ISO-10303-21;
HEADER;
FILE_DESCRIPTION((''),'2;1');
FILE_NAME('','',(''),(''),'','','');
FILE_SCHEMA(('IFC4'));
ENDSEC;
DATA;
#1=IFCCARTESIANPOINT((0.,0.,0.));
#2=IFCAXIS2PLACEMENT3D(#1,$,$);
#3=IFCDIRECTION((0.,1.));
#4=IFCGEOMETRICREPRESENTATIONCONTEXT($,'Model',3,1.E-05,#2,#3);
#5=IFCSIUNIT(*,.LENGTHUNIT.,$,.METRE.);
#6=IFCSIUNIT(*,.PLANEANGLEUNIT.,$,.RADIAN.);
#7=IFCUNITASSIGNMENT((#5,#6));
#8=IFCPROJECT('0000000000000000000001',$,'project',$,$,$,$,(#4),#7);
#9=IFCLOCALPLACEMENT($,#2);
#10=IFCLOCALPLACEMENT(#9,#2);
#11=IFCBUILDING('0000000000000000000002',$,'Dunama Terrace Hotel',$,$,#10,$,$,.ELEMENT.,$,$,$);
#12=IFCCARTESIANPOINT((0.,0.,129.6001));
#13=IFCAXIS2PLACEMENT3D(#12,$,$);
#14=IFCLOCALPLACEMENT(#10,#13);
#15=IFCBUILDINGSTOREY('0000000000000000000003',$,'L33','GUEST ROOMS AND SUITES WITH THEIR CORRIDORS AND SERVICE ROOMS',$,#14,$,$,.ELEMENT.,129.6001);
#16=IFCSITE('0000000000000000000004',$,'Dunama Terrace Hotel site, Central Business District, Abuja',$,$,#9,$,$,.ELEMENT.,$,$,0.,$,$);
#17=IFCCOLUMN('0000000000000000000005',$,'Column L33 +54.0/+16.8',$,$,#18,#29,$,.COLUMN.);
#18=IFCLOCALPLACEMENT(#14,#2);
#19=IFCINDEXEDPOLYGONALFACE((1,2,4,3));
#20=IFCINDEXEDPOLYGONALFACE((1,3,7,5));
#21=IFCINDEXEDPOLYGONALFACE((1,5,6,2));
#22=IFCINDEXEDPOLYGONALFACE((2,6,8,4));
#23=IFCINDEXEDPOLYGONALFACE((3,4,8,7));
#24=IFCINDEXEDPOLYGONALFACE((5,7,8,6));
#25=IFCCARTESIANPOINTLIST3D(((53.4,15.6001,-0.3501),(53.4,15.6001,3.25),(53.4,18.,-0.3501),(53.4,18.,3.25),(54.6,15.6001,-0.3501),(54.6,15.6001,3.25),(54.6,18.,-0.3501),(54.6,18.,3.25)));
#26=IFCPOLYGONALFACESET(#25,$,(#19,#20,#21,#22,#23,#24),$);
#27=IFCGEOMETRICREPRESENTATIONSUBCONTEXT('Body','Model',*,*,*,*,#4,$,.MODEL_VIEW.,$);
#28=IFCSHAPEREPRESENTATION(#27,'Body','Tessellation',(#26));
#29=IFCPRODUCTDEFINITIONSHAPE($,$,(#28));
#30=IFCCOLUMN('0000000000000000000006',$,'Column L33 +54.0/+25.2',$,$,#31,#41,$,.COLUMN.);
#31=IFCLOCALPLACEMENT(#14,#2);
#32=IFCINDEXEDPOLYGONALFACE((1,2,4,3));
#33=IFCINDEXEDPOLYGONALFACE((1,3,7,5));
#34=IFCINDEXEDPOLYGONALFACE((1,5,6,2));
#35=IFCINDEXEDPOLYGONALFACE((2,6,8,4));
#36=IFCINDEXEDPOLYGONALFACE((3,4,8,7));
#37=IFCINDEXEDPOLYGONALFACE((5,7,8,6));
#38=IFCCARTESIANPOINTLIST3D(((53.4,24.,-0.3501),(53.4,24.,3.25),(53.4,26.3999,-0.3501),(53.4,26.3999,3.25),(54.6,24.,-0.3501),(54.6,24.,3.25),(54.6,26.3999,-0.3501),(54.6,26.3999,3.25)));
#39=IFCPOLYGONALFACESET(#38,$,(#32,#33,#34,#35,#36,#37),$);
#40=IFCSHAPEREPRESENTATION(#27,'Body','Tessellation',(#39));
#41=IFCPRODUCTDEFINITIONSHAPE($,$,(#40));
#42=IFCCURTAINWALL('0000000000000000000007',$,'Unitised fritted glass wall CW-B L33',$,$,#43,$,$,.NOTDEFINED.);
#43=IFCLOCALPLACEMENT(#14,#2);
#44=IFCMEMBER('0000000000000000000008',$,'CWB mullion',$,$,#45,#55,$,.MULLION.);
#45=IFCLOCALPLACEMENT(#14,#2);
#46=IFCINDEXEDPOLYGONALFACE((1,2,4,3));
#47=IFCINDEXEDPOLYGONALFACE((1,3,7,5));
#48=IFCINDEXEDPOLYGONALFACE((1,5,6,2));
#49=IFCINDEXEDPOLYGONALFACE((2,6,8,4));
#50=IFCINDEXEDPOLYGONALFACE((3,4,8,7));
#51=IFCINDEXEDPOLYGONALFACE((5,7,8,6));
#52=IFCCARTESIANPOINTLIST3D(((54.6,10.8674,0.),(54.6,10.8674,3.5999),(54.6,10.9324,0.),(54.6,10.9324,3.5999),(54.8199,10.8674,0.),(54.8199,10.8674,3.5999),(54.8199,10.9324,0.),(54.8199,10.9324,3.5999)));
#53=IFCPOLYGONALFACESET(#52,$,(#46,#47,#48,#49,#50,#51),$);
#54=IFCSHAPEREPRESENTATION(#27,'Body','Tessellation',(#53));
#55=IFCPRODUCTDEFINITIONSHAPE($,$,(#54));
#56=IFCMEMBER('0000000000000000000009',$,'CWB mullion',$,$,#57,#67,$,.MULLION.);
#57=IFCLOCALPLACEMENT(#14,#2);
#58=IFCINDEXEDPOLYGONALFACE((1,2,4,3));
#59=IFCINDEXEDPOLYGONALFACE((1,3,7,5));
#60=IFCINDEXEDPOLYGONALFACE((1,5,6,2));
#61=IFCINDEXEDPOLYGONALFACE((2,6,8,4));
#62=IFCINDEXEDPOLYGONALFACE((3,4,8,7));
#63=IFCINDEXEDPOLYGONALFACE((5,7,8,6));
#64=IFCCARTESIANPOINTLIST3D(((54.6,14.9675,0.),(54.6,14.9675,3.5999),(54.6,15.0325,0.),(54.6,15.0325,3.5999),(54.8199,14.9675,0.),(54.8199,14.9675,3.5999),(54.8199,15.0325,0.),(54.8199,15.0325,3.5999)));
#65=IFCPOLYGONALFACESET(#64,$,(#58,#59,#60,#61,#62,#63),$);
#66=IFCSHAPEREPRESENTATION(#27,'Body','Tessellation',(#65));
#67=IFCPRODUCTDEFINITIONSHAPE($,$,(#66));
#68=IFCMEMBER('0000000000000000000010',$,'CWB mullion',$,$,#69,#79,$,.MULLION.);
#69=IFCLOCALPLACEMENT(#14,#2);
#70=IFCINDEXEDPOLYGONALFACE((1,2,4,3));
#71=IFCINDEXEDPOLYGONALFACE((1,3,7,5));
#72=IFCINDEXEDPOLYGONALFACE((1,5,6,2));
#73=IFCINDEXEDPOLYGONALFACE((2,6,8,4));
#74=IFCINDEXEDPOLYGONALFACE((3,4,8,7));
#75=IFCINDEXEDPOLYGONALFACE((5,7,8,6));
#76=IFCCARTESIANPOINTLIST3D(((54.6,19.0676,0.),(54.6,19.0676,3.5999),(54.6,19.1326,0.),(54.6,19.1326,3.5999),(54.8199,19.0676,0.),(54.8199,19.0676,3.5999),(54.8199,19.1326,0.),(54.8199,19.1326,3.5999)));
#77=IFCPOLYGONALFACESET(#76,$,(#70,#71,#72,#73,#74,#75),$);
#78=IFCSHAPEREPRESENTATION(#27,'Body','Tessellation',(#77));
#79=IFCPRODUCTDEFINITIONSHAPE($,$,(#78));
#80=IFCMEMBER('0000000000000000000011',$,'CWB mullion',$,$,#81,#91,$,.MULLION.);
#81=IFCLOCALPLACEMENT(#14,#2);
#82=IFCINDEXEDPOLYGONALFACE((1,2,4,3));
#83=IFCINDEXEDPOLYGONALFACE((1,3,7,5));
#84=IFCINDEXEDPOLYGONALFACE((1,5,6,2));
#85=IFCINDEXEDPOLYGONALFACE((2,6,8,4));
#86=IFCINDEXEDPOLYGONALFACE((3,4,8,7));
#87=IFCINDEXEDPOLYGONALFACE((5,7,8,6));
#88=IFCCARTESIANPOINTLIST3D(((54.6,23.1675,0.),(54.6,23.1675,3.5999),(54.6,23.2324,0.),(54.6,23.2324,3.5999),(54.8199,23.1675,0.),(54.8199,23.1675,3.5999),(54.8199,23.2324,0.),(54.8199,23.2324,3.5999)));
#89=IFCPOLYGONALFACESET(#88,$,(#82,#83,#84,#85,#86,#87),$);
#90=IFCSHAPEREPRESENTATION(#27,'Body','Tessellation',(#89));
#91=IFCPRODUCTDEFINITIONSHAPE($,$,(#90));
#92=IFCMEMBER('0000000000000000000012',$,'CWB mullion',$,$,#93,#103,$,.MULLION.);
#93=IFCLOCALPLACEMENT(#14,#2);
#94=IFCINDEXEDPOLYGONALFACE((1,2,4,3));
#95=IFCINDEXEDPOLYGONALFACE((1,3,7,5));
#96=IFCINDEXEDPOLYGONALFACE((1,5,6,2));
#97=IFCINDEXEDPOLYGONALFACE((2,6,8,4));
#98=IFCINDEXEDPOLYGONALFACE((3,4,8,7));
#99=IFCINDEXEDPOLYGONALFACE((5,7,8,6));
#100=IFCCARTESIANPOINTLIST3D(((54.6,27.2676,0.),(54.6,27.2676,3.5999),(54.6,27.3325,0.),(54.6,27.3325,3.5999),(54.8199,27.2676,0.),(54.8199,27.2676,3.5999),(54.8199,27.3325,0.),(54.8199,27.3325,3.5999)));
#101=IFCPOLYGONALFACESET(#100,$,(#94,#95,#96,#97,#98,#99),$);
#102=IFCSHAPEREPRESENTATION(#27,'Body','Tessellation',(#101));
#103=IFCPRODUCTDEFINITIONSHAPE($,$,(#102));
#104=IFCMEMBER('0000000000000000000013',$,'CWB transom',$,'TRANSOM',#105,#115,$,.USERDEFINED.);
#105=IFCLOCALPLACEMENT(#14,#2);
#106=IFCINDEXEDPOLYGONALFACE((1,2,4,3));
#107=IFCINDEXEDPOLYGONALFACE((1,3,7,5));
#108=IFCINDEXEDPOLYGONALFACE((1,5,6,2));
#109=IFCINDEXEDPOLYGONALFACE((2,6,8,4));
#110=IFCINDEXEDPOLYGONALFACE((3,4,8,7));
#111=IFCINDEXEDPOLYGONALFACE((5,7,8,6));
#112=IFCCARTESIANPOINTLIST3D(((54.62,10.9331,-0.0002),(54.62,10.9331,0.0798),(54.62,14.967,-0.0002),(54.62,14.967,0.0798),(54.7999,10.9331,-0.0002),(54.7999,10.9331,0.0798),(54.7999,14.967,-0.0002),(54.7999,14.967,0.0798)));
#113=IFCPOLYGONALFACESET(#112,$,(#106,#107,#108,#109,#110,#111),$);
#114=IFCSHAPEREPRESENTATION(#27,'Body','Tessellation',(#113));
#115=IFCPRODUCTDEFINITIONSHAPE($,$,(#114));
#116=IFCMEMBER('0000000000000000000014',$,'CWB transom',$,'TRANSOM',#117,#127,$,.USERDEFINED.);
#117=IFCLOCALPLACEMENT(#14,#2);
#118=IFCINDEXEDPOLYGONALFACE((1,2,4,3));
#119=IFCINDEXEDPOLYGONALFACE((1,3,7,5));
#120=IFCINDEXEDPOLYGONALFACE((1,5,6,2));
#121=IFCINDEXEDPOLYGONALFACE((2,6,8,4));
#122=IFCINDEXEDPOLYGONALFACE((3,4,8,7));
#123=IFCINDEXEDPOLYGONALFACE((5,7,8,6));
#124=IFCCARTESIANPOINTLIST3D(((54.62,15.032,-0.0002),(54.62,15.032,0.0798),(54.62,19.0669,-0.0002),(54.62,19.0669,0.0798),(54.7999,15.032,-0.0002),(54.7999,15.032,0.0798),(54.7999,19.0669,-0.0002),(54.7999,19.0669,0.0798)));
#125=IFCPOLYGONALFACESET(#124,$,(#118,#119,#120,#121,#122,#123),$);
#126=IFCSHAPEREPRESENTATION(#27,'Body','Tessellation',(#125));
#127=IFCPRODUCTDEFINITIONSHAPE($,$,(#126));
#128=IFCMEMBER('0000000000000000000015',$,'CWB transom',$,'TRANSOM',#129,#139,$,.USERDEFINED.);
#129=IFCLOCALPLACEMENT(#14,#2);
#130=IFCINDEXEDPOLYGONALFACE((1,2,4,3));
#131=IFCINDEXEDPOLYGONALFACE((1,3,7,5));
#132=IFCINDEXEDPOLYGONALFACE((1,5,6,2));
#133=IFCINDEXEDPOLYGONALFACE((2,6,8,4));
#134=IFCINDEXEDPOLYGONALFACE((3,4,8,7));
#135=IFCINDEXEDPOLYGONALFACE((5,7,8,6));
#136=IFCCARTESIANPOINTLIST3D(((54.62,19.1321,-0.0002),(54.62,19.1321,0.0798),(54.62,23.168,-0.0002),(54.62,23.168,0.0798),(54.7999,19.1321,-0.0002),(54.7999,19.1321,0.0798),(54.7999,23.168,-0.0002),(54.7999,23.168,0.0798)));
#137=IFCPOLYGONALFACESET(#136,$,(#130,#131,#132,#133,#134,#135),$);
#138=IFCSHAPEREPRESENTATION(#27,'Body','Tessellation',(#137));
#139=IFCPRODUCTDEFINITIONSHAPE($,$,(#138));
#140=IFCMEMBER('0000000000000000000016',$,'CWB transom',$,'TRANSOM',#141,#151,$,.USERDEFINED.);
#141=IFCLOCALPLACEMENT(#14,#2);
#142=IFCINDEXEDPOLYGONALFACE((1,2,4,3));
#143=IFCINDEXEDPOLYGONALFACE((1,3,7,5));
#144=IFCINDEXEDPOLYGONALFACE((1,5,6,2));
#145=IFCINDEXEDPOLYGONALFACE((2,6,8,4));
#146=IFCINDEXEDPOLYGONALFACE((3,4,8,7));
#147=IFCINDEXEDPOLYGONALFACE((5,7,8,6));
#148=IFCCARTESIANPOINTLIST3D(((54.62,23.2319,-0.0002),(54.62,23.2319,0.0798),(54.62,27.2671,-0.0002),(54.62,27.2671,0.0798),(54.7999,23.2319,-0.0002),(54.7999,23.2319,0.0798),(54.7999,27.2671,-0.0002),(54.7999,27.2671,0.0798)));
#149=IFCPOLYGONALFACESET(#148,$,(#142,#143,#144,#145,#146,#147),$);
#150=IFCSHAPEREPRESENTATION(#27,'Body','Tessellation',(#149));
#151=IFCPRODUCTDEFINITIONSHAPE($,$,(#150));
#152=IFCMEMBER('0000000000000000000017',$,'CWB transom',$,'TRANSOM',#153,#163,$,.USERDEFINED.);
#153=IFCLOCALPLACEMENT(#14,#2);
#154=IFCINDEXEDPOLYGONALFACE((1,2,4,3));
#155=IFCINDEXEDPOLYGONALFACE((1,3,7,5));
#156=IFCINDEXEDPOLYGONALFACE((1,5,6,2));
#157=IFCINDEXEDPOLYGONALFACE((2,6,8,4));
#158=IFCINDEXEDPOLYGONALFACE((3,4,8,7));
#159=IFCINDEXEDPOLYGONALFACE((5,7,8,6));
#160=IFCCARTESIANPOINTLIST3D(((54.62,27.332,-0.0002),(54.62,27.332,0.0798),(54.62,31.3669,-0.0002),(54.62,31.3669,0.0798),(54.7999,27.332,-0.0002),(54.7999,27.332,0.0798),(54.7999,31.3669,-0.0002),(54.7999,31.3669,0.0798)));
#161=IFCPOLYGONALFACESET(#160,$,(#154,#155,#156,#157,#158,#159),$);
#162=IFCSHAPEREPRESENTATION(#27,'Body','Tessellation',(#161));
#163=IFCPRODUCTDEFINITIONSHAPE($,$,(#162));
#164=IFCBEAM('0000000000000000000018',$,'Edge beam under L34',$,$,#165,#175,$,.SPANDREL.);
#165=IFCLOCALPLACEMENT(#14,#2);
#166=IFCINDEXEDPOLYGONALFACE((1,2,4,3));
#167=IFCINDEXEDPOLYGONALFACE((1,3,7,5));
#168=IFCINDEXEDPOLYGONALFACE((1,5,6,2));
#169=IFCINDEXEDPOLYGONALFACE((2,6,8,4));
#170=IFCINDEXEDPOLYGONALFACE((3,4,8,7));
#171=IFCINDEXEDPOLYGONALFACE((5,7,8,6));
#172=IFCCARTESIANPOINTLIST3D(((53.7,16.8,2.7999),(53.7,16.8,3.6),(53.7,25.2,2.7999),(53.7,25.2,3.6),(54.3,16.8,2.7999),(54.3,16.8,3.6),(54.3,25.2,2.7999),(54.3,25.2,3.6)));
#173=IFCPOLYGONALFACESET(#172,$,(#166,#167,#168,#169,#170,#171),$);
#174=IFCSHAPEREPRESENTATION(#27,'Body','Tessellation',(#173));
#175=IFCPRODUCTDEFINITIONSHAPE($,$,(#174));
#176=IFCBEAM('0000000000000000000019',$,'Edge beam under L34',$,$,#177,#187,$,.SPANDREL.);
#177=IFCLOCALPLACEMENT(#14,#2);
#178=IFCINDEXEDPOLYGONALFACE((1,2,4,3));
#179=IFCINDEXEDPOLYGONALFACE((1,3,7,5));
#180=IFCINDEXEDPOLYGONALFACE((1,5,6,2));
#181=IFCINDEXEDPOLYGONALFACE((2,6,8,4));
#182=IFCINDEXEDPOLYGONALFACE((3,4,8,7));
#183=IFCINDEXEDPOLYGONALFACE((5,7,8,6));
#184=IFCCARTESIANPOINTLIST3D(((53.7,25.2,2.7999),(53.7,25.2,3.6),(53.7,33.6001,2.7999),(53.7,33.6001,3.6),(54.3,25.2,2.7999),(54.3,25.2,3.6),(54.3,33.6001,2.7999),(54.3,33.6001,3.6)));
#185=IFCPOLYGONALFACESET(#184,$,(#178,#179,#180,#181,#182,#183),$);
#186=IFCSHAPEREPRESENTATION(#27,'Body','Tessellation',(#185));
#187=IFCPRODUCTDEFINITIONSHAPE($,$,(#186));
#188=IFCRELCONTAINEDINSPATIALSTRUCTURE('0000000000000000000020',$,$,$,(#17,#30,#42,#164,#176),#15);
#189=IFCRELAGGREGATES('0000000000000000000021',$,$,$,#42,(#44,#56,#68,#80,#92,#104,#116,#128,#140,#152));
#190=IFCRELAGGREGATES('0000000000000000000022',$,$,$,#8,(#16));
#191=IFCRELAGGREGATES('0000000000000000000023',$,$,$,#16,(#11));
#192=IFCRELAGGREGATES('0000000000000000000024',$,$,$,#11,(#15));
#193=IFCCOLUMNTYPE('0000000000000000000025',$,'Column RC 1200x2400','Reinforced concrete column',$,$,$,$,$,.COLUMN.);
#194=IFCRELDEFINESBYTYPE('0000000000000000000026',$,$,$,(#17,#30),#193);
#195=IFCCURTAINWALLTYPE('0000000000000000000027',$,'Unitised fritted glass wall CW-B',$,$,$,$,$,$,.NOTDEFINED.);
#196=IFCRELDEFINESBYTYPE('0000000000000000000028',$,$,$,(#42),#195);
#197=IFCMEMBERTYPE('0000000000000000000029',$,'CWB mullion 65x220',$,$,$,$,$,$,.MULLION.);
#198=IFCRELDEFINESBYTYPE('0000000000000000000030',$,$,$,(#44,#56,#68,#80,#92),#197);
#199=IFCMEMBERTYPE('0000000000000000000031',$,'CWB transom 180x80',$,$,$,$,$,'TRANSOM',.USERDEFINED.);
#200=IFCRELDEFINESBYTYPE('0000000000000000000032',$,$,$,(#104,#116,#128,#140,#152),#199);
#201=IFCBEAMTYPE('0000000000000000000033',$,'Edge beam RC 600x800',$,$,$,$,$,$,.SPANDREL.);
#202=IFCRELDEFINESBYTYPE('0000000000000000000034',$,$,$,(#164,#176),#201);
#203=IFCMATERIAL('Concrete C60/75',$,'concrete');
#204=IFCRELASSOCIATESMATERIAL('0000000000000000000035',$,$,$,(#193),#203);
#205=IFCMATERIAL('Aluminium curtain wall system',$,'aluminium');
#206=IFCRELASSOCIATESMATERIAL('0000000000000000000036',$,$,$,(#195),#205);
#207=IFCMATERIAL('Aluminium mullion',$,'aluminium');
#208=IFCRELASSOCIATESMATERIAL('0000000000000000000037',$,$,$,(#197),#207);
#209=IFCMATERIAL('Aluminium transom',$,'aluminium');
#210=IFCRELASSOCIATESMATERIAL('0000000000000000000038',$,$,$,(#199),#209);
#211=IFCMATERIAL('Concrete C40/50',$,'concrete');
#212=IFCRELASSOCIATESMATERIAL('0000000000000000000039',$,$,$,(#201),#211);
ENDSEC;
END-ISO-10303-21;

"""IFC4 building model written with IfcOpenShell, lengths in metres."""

from ifc_helpers import new_model, si_unit, direction, frame, origin, origin_2d, place, context, subcontext, project, spatial, rectangle, extrude, material, material_profile, profile_set, type_object, element, aggregate, save


model = new_model("IFC4")

# Units and contexts
model_context = context("Model", 3, precision=1e-05, world=origin(), true_north=direction((0.0, 1.0)))
body_context = subcontext(model_context, "Body", "Model", "MODEL_VIEW")
ifc_project = project(units=[si_unit("LENGTHUNIT", "METRE"), si_unit("PLANEANGLEUNIT", "RADIAN")], contexts=[model_context])

# Site, building, storey
site_placement = place(None, origin())
site = spatial("IfcSite", under=ifc_project, at=site_placement, Name="Dunama Terrace Hotel site, Central Business District, Abuja", CompositionType="ELEMENT", RefElevation=0.0)
building_placement = place(site_placement, origin())
building = spatial("IfcBuilding", under=site, at=building_placement, Name="Dunama Terrace Hotel", CompositionType="ELEMENT")
storey_placement = place(building_placement, frame((0.0, 0.0, 129.6001)))
storey = spatial("IfcBuildingStorey", under=building, at=storey_placement, Name="L33", Description="GUEST ROOMS AND SUITES WITH THEIR CORRIDORS AND SERVICE ROOMS", CompositionType="ELEMENT", Elevation=129.6001)

# Columns
ifc_material_1 = material(Name="Concrete C60/75", Category="concrete")
ifc_material_profile_1 = material_profile(ifc_material_1, rectangle(XDim=1.2, YDim=2.3999, at=origin_2d()), Name="RC 1200x2400")
ifc_profile_set_1 = profile_set([ifc_material_profile_1], Name="Concrete C60/75")
column_type = type_object("IfcColumnType", Name="Column RC 1200x2400", Description="Reinforced concrete column", PredefinedType="COLUMN", material=ifc_profile_set_1)
for number, where, z_axis, x_axis, name in (
    (1, (54.0, 16.8, -0.3501), (0.0, 0.0, 1.0), (1.0, 0.0, 0.0), "Column L33 +54.0/+16.8"),
    (2, (54.0, 25.2, -0.3501), (0.0, 0.0, 1.0), (1.0, 0.0, 0.0), "Column L33 +54.0/+25.2"),
):
    element("IfcColumn", number, at=place(storey_placement, frame(where, z_axis=z_axis, x_axis=x_axis)), inside=storey, type_object=column_type, Name=name, PredefinedType="COLUMN", context=body_context, shape_type="SweptSolid", body=[
        extrude(rectangle(XDim=1.2, YDim=2.3999, at=origin_2d()), origin(), (0.0, 0.0, 1.0), 3.6001),
    ])

# Curtain wall, members
ifc_material_2 = material(Name="Aluminium curtain wall system", Category="aluminium")
curtain_wall_type = type_object("IfcCurtainWallType", Name="Unitised fritted glass wall CW-B", PredefinedType="NOTDEFINED", material=ifc_material_2)
curtain_wall_placement = place(storey_placement, origin())
curtain_wall = element("IfcCurtainWall", 3, at=curtain_wall_placement, inside=storey, type_object=curtain_wall_type, Name="Unitised fritted glass wall CW-B L33", PredefinedType="NOTDEFINED")
ifc_material_3 = material(Name="Aluminium mullion", Category="aluminium")
ifc_material_profile_2 = material_profile(ifc_material_3, rectangle(XDim=0.0649, YDim=0.22, at=origin_2d()), Name="CWB MULLION 65X220")
ifc_profile_set_2 = profile_set([ifc_material_profile_2], Name="Aluminium mullion")
member_type_1 = type_object("IfcMemberType", Name="CWB mullion 65x220", PredefinedType="MULLION", material=ifc_profile_set_2)
member_1_placement = place(storey_placement, frame((54.71, 10.8999, 0.0), z_axis=(0.0, 0.0, 1.0), x_axis=(0.0, 1.0, 0.0)))
member_1 = element("IfcMember", 4, at=member_1_placement, type_object=member_type_1, Name="CWB mullion", PredefinedType="MULLION", context=body_context, shape_type="SweptSolid", body=[
    extrude(rectangle(XDim=0.0649, YDim=0.22, at=origin_2d()), origin(), (0.0, 0.0, 1.0), 3.5999),
])
member_2_placement = place(storey_placement, frame((54.71, 15.0, 0.0), z_axis=(0.0, 0.0, 1.0), x_axis=(0.0, 1.0, 0.0)))
member_2 = element("IfcMember", 5, at=member_2_placement, type_object=member_type_1, Name="CWB mullion", PredefinedType="MULLION", context=body_context, shape_type="SweptSolid", body=[
    extrude(rectangle(XDim=0.0649, YDim=0.22, at=origin_2d()), origin(), (0.0, 0.0, 1.0), 3.5999),
])
member_3_placement = place(storey_placement, frame((54.71, 19.1001, 0.0), z_axis=(0.0, 0.0, 1.0), x_axis=(0.0, 1.0, 0.0)))
member_3 = element("IfcMember", 6, at=member_3_placement, type_object=member_type_1, Name="CWB mullion", PredefinedType="MULLION", context=body_context, shape_type="SweptSolid", body=[
    extrude(rectangle(XDim=0.0649, YDim=0.22, at=origin_2d()), origin(), (0.0, 0.0, 1.0), 3.5999),
])
member_4_placement = place(storey_placement, frame((54.71, 23.2, 0.0), z_axis=(0.0, 0.0, 1.0), x_axis=(0.0, 1.0, 0.0)))
member_4 = element("IfcMember", 7, at=member_4_placement, type_object=member_type_1, Name="CWB mullion", PredefinedType="MULLION", context=body_context, shape_type="SweptSolid", body=[
    extrude(rectangle(XDim=0.0649, YDim=0.22, at=origin_2d()), origin(), (0.0, 0.0, 1.0), 3.5999),
])
member_5_placement = place(storey_placement, frame((54.71, 27.3, 0.0), z_axis=(0.0, 0.0, 1.0), x_axis=(0.0, 1.0, 0.0)))
member_5 = element("IfcMember", 8, at=member_5_placement, type_object=member_type_1, Name="CWB mullion", PredefinedType="MULLION", context=body_context, shape_type="SweptSolid", body=[
    extrude(rectangle(XDim=0.0649, YDim=0.22, at=origin_2d()), origin(), (0.0, 0.0, 1.0), 3.5999),
])
ifc_material_4 = material(Name="Aluminium transom", Category="aluminium")
ifc_material_profile_3 = material_profile(ifc_material_4, rectangle(XDim=0.1799, YDim=0.0801, at=origin_2d()), Name="CWB TRANSOM 180X80")
ifc_profile_set_3 = profile_set([ifc_material_profile_3], Name="Aluminium transom")
member_type_2 = type_object("IfcMemberType", Name="CWB transom 180x80", ElementType="TRANSOM", PredefinedType="USERDEFINED", material=ifc_profile_set_3)
member_6_placement = place(storey_placement, frame((54.71, 10.9331, 0.0398), z_axis=(0.0, 1.0, 0.0), x_axis=(-1.0, 0.0, 0.0)))
member_6 = element("IfcMember", 9, at=member_6_placement, type_object=member_type_2, Name="CWB transom", ObjectType="TRANSOM", PredefinedType="USERDEFINED", context=body_context, shape_type="SweptSolid", body=[
    extrude(rectangle(XDim=0.1799, YDim=0.0801, at=origin_2d()), origin(), (0.0, 0.0, 1.0), 4.0339),
])
member_7_placement = place(storey_placement, frame((54.71, 15.032, 0.0398), z_axis=(0.0, 1.0, 0.0), x_axis=(-1.0, 0.0, 0.0)))
member_7 = element("IfcMember", 10, at=member_7_placement, type_object=member_type_2, Name="CWB transom", ObjectType="TRANSOM", PredefinedType="USERDEFINED", context=body_context, shape_type="SweptSolid", body=[
    extrude(rectangle(XDim=0.1799, YDim=0.0801, at=origin_2d()), origin(), (0.0, 0.0, 1.0), 4.0349),
])
member_8_placement = place(storey_placement, frame((54.71, 19.1321, 0.0398), z_axis=(0.0, 1.0, 0.0), x_axis=(-1.0, 0.0, 0.0)))
member_8 = element("IfcMember", 11, at=member_8_placement, type_object=member_type_2, Name="CWB transom", ObjectType="TRANSOM", PredefinedType="USERDEFINED", context=body_context, shape_type="SweptSolid", body=[
    extrude(rectangle(XDim=0.1799, YDim=0.0801, at=origin_2d()), origin(), (0.0, 0.0, 1.0), 4.0359),
])
member_9_placement = place(storey_placement, frame((54.71, 23.2319, 0.0398), z_axis=(0.0, 1.0, 0.0), x_axis=(-1.0, 0.0, 0.0)))
member_9 = element("IfcMember", 12, at=member_9_placement, type_object=member_type_2, Name="CWB transom", ObjectType="TRANSOM", PredefinedType="USERDEFINED", context=body_context, shape_type="SweptSolid", body=[
    extrude(rectangle(XDim=0.1799, YDim=0.0801, at=origin_2d()), origin(), (0.0, 0.0, 1.0), 4.0352),
])
member_10_placement = place(storey_placement, frame((54.71, 27.332, 0.0398), z_axis=(0.0, 1.0, 0.0), x_axis=(-1.0, 0.0, 0.0)))
member_10 = element("IfcMember", 13, at=member_10_placement, type_object=member_type_2, Name="CWB transom", ObjectType="TRANSOM", PredefinedType="USERDEFINED", context=body_context, shape_type="SweptSolid", body=[
    extrude(rectangle(XDim=0.1799, YDim=0.0801, at=origin_2d()), origin(), (0.0, 0.0, 1.0), 4.0349),
])

# Beams
ifc_material_5 = material(Name="Concrete C40/50", Category="concrete")
ifc_material_profile_4 = material_profile(ifc_material_5, rectangle(XDim=0.6001, YDim=0.8, at=origin_2d()), Name="RC 600x800")
ifc_profile_set_4 = profile_set([ifc_material_profile_4], Name="Concrete C40/50")
beam_type = type_object("IfcBeamType", Name="Edge beam RC 600x800", PredefinedType="SPANDREL", material=ifc_profile_set_4)
beam_1_placement = place(storey_placement, frame((54.0, 16.8, 3.2), z_axis=(0.0, 1.0, 0.0), x_axis=(-1.0, 0.0, 0.0)))
element("IfcBeam", 14, at=beam_1_placement, inside=storey, type_object=beam_type, Name="Edge beam under L34", PredefinedType="SPANDREL", context=body_context, shape_type="SweptSolid", body=[
    extrude(rectangle(XDim=0.6001, YDim=0.8, at=origin_2d()), origin(), (0.0, 0.0, 1.0), 8.3999),
])
beam_2_placement = place(storey_placement, frame((54.0, 25.2, 3.2), z_axis=(0.0, 1.0, 0.0), x_axis=(-1.0, 0.0, 0.0)))
element("IfcBeam", 15, at=beam_2_placement, inside=storey, type_object=beam_type, Name="Edge beam under L34", PredefinedType="SPANDREL", context=body_context, shape_type="SweptSolid", body=[
    extrude(rectangle(XDim=0.6001, YDim=0.8, at=origin_2d()), origin(), (0.0, 0.0, 1.0), 8.4001),
])

aggregate(curtain_wall, [member_1, member_2, member_3, member_4, member_5, member_6, member_7, member_8, member_9, member_10])

save(model, "model.ifc")
